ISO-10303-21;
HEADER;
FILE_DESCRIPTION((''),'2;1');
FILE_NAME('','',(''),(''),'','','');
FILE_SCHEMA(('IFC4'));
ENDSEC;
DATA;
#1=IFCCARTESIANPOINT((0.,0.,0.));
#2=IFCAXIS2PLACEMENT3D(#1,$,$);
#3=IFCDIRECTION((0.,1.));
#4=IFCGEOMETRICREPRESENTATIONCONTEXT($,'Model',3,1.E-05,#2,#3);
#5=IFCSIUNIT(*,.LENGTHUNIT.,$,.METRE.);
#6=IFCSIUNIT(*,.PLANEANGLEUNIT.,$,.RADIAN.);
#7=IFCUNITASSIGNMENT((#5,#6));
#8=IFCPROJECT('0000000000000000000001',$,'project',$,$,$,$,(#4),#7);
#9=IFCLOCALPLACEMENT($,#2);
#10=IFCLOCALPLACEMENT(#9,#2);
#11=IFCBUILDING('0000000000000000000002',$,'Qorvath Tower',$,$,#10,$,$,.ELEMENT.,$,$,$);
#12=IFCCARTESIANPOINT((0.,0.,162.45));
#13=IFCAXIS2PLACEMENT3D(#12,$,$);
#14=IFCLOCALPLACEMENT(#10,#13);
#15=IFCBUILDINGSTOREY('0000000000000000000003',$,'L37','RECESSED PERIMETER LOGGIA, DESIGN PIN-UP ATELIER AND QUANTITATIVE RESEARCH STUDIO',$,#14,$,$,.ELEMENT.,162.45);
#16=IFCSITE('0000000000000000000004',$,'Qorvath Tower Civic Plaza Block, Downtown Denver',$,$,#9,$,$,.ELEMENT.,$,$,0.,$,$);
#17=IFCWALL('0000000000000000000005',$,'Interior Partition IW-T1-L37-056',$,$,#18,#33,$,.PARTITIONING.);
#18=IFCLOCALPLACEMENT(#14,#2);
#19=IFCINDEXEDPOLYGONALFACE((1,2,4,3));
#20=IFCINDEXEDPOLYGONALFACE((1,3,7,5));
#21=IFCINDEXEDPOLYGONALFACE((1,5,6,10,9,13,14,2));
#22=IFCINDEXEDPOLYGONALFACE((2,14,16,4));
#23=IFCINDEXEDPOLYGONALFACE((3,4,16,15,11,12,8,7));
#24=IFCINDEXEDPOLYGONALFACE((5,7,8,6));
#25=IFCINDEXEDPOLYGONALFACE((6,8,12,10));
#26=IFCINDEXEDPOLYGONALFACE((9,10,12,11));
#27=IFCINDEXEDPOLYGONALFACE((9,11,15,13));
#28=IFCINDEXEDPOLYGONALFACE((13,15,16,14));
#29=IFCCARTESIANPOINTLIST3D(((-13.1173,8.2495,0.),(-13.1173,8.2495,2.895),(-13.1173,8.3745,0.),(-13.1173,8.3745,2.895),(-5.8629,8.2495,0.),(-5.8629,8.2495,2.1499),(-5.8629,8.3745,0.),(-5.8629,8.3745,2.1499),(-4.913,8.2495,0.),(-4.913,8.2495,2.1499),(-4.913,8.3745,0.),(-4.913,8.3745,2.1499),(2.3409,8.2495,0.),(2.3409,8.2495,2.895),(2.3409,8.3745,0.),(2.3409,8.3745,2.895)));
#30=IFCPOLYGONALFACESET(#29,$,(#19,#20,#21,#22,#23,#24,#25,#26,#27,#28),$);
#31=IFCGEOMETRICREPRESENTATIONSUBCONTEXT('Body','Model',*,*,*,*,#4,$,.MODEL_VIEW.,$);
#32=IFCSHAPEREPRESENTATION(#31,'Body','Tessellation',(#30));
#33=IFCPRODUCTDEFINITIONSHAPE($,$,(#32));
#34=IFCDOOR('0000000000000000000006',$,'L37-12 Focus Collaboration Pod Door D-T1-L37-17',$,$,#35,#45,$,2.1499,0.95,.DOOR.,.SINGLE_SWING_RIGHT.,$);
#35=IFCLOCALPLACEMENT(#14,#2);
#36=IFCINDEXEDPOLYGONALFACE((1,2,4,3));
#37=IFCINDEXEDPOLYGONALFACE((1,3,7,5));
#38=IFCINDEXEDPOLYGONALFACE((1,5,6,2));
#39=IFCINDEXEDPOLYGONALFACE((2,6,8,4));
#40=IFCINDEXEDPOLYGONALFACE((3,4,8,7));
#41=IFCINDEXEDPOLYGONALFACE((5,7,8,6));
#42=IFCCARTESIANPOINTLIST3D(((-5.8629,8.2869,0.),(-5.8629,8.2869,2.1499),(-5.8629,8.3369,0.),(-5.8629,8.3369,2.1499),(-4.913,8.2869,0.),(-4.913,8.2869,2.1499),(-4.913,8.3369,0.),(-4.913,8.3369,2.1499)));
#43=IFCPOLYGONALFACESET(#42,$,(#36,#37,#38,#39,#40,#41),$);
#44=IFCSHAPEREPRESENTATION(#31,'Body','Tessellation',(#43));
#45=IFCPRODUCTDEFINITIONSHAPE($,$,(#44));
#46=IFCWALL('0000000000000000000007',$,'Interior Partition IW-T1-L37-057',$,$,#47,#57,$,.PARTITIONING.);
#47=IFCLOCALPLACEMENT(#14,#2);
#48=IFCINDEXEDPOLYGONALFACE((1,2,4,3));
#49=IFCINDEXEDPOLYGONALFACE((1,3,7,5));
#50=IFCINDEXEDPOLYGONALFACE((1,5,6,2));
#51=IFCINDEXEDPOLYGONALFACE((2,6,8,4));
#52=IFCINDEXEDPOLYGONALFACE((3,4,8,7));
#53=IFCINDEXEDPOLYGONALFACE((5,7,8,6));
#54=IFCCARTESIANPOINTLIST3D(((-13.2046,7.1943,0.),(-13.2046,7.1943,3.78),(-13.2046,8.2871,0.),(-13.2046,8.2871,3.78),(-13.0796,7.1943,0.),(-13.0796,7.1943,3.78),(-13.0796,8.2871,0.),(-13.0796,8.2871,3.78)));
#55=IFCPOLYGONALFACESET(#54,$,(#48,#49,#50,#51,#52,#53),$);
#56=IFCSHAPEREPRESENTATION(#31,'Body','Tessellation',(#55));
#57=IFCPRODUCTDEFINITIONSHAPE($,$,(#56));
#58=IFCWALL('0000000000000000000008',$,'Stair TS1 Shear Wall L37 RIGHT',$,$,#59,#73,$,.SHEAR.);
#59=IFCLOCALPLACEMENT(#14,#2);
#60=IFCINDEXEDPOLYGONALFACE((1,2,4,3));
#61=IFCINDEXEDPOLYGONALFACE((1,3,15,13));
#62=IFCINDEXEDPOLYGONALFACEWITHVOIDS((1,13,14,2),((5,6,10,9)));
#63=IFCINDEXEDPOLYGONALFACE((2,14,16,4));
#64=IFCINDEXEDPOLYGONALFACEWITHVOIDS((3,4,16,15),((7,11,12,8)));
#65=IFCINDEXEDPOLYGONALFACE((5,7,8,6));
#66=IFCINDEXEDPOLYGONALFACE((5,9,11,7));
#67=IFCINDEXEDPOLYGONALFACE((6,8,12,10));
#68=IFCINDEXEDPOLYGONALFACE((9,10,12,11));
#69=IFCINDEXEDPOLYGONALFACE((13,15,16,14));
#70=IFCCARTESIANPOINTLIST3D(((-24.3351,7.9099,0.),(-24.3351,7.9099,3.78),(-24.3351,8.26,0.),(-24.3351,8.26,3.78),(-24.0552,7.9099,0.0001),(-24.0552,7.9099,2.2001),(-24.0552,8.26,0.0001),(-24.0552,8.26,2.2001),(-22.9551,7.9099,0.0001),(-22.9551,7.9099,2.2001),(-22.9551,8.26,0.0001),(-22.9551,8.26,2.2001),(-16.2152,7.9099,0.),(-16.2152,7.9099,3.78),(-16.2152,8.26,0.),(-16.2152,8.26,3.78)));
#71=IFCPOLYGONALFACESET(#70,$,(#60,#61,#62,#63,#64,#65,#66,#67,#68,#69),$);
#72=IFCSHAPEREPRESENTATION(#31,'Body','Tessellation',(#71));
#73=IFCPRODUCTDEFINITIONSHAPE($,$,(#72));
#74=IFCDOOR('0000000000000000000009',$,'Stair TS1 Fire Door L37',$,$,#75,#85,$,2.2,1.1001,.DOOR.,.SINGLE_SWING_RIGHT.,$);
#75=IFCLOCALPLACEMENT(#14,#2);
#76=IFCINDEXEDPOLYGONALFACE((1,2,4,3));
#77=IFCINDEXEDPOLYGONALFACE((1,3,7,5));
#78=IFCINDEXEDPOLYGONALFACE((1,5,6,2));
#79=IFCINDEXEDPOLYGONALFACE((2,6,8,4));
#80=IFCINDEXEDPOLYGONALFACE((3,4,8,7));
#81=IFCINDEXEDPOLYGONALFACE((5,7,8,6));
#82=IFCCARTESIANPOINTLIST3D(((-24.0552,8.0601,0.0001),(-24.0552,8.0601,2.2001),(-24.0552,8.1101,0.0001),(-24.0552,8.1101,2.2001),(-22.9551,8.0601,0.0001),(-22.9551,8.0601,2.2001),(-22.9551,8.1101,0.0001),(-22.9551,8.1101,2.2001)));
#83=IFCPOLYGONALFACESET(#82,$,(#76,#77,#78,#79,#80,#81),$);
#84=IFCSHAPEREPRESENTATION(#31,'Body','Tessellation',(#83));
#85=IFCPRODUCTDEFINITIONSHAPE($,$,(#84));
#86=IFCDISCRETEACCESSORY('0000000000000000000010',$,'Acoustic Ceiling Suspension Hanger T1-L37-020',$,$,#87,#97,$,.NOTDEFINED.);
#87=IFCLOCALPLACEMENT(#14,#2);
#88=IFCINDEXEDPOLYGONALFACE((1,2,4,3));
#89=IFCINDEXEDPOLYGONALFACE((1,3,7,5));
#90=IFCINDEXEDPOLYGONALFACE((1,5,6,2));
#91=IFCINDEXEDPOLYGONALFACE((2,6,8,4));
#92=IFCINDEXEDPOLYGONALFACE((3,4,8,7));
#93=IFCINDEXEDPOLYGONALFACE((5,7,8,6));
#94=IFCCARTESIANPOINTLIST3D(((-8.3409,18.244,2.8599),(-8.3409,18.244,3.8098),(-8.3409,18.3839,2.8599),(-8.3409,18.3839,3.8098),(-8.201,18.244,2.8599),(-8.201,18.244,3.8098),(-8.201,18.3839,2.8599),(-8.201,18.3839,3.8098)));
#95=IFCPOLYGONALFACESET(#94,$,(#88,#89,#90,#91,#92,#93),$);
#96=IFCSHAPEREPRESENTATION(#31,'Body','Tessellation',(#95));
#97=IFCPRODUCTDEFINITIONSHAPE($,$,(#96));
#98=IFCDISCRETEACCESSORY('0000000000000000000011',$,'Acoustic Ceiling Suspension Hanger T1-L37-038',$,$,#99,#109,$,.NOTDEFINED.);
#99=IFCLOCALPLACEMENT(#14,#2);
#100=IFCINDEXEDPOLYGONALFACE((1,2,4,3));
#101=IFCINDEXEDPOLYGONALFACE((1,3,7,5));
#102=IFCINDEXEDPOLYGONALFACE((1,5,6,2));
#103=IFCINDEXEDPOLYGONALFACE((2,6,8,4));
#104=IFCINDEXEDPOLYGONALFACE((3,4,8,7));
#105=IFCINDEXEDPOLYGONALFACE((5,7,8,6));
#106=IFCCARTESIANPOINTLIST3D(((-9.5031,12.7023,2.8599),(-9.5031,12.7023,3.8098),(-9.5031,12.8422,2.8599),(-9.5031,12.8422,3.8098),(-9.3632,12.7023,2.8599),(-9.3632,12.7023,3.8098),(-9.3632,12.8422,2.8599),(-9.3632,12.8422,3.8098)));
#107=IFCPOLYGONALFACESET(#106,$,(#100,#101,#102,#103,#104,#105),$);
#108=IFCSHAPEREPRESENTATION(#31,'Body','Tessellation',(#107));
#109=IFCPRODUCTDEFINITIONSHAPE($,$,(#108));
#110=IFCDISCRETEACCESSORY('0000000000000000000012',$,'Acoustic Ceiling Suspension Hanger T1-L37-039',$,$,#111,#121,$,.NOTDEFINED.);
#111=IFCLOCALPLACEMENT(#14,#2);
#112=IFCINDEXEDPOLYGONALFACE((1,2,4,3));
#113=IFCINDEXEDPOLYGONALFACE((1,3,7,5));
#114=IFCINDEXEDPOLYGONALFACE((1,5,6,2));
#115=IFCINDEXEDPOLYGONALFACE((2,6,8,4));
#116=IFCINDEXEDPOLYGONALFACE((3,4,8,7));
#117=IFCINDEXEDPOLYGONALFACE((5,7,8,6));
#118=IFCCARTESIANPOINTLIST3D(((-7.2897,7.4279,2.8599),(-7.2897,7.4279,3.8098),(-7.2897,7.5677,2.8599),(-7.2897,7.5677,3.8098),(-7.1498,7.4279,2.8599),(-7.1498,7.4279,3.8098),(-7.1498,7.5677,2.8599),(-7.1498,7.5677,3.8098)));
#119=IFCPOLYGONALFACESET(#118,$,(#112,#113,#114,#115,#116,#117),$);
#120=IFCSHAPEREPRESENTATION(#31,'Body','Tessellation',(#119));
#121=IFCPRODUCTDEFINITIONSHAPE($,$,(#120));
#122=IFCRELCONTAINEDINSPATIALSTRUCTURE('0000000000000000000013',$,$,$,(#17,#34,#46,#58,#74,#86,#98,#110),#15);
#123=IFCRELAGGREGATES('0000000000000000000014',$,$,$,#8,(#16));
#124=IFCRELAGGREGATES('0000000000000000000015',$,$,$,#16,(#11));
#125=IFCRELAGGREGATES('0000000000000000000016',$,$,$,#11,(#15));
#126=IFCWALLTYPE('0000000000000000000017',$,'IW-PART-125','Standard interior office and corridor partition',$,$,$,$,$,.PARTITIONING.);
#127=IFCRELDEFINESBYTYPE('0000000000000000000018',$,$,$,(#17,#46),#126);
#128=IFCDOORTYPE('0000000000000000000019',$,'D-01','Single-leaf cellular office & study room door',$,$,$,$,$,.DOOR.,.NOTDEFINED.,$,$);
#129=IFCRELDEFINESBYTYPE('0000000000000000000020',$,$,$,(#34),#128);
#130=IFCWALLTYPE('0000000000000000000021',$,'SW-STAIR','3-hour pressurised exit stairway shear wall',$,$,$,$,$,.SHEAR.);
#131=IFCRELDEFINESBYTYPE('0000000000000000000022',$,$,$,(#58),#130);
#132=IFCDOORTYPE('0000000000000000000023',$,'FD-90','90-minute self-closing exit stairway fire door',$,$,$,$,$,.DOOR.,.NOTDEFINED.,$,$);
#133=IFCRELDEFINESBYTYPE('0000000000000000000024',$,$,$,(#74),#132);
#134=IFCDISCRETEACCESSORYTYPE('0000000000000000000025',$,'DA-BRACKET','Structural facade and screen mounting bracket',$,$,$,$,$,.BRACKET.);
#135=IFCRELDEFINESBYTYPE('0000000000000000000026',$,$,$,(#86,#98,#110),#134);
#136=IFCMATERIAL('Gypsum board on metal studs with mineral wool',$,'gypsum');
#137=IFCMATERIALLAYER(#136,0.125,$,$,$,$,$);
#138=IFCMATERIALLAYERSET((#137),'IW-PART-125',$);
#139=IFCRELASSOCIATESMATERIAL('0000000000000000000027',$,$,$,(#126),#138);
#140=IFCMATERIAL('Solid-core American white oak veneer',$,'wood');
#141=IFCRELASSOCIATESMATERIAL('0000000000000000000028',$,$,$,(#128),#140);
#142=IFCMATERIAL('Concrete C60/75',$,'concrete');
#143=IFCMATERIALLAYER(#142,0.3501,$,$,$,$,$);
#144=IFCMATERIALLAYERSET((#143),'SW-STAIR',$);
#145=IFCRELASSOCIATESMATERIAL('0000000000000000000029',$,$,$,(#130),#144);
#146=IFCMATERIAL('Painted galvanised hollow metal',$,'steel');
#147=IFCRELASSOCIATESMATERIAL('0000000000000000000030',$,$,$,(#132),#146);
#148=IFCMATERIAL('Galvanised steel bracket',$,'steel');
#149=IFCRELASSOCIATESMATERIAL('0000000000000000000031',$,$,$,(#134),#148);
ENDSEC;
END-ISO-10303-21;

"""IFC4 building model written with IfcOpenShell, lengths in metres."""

from ifc_helpers import new_model, si_unit, direction, frame, frame_2d, origin, origin_2d, place, context, subcontext, project, spatial, rectangle, extrude, material, layer, layer_set, type_object, element, fill, save


model = new_model("IFC4")

# Units and contexts
model_context = context("Model", 3, precision=1e-05, world=origin(), true_north=direction((0.0, 1.0)))
body_context = subcontext(model_context, "Body", "Model", "MODEL_VIEW")
ifc_project = project(units=[si_unit("LENGTHUNIT", "METRE"), si_unit("PLANEANGLEUNIT", "RADIAN")], contexts=[model_context])

# Site, building, storey
site_placement = place(None, origin())
site = spatial("IfcSite", under=ifc_project, at=site_placement, Name="Qorvath Tower Civic Plaza Block, Downtown Denver", CompositionType="ELEMENT", RefElevation=0.0)
building_placement = place(site_placement, origin())
building = spatial("IfcBuilding", under=site, at=building_placement, Name="Qorvath Tower", CompositionType="ELEMENT")
storey_placement = place(building_placement, frame((0.0, 0.0, 162.45)))
storey = spatial("IfcBuildingStorey", under=building, at=storey_placement, Name="L37", Description="RECESSED PERIMETER LOGGIA, DESIGN PIN-UP ATELIER AND QUANTITATIVE RESEARCH STUDIO", CompositionType="ELEMENT", Elevation=162.45)

# Shared definitions
ifc_material_1 = material(Name="Gypsum board on metal studs with mineral wool", Category="gypsum")
ifc_layer_1 = layer(ifc_material_1, 0.125)
ifc_layer_set_1 = layer_set([ifc_layer_1], Name="IW-PART-125")
wall_type_1 = type_object("IfcWallType", Name="IW-PART-125", Description="Standard interior office and corridor partition", PredefinedType="PARTITIONING", material=ifc_layer_set_1)

# Shared definitions
ifc_material_2 = material(Name="Solid-core American white oak veneer", Category="wood")
door_type_1 = type_object("IfcDoorType", Name="D-01", Description="Single-leaf cellular office & study room door", OperationType="NOTDEFINED", PredefinedType="DOOR", material=ifc_material_2)

# Wall, opening, door
wall_1_placement = place(storey_placement, frame((-13.1172, 8.312, 0.0), z_axis=(0.0, 0.0, 1.0), x_axis=(1.0, 0.0, 0.0)))
wall_1 = element("IfcWall", 1, at=wall_1_placement, inside=storey, type_object=wall_type_1, Name="Interior Partition IW-T1-L37-056", PredefinedType="PARTITIONING", context=body_context, shape_type="SweptSolid", body=[
    extrude(rectangle(XDim=15.4583, YDim=0.125, at=frame_2d((7.729, 0.0))), origin(), (0.0, 0.0, 1.0), 2.895),
])
opening_1_placement = place(wall_1_placement, frame((7.2542, 0.0, 0.0)))
opening_1 = element("IfcOpeningElement", 2, at=opening_1_placement, cuts=wall_1, PredefinedType="OPENING", context=body_context, shape_type="SweptSolid", body=[
    extrude(rectangle(XDim=0.95, YDim=2.1499, at=frame_2d((0.4751, 1.075))), frame((0.0, 0.0725, 0.0), z_axis=(0.0, -1.0, 0.0), x_axis=(1.0, 0.0, 0.0)), (0.0, 0.0, 1.0), 0.145),
])
door_1_placement = place(opening_1_placement, origin())
door_1 = element("IfcDoor", 3, at=door_1_placement, inside=storey, type_object=door_type_1, Name="L37-12 Focus Collaboration Pod Door D-T1-L37-17", OperationType="SINGLE_SWING_RIGHT", OverallHeight=2.1499, OverallWidth=0.95, PredefinedType="DOOR", context=body_context, shape_type="SweptSolid", body=[
    extrude(rectangle(XDim=0.95, YDim=2.1499, at=frame_2d((0.4751, 1.075))), frame((0.0, 0.0249, 0.0), z_axis=(0.0, -1.0, 0.0), x_axis=(1.0, 0.0, 0.0)), (0.0, 0.0, 1.0), 0.05),
])
fill(opening_1, door_1)

# Wall
wall_2_placement = place(storey_placement, frame((-13.1421, 8.2871, 0.0), z_axis=(0.0, 0.0, 1.0), x_axis=(0.0, -1.0, 0.0)))
element("IfcWall", 4, at=wall_2_placement, inside=storey, type_object=wall_type_1, Name="Interior Partition IW-T1-L37-057", PredefinedType="PARTITIONING", context=body_context, shape_type="SweptSolid", body=[
    extrude(rectangle(XDim=1.0928, YDim=0.125, at=frame_2d((0.5464, 0.0))), origin(), (0.0, 0.0, 1.0), 3.78),
])

# Wall, opening, door
ifc_material_3 = material(Name="Concrete C60/75", Category="concrete")
ifc_layer_2 = layer(ifc_material_3, 0.3501)
ifc_layer_set_2 = layer_set([ifc_layer_2], Name="SW-STAIR")
wall_type_2 = type_object("IfcWallType", Name="SW-STAIR", Description="3-hour pressurised exit stairway shear wall", PredefinedType="SHEAR", material=ifc_layer_set_2)
wall_3_placement = place(storey_placement, frame((-16.2151, 8.085, 0.0), z_axis=(0.0, 0.0, 1.0), x_axis=(-1.0, 0.0, 0.0)))
wall_3 = element("IfcWall", 5, at=wall_3_placement, inside=storey, type_object=wall_type_2, Name="Stair TS1 Shear Wall L37 RIGHT", PredefinedType="SHEAR", context=body_context, shape_type="SweptSolid", body=[
    extrude(rectangle(XDim=8.1199, YDim=0.3501, at=frame_2d((4.0601, 0.0))), origin(), (0.0, 0.0, 1.0), 3.78),
])
opening_2_placement = place(wall_3_placement, frame((6.74, 0.0, 0.0)))
opening_2 = element("IfcOpeningElement", 6, at=opening_2_placement, cuts=wall_3, PredefinedType="OPENING", context=body_context, shape_type="SweptSolid", body=[
    extrude(rectangle(XDim=1.1001, YDim=2.2, at=frame_2d((0.55, 1.1001))), frame((0.0, 0.1851, 0.0), z_axis=(0.0, -1.0, 0.0), x_axis=(1.0, 0.0, 0.0)), (0.0, 0.0, 1.0), 0.3701),
])
ifc_material_4 = material(Name="Painted galvanised hollow metal", Category="steel")
door_type_2 = type_object("IfcDoorType", Name="FD-90", Description="90-minute self-closing exit stairway fire door", OperationType="NOTDEFINED", PredefinedType="DOOR", material=ifc_material_4)
door_2_placement = place(opening_2_placement, origin())
door_2 = element("IfcDoor", 7, at=door_2_placement, inside=storey, type_object=door_type_2, Name="Stair TS1 Fire Door L37", OperationType="SINGLE_SWING_RIGHT", OverallHeight=2.2, OverallWidth=1.1001, PredefinedType="DOOR", context=body_context, shape_type="SweptSolid", body=[
    extrude(rectangle(XDim=1.1001, YDim=2.2, at=frame_2d((0.55, 1.1001))), frame((0.0, 0.0249, 0.0), z_axis=(0.0, -1.0, 0.0), x_axis=(1.0, 0.0, 0.0)), (0.0, 0.0, 1.0), 0.05),
])
fill(opening_2, door_2)

# Discrete accessories
ifc_material_5 = material(Name="Galvanised steel bracket", Category="steel")
discrete_accessory_type = type_object("IfcDiscreteAccessoryType", Name="DA-BRACKET", Description="Structural facade and screen mounting bracket", PredefinedType="BRACKET", material=ifc_material_5)
for number, where, z_axis, x_axis, name in (
    (8, (-8.271, 18.314, 2.8599), (0.0, 0.0, 1.0), (1.0, 0.0, 0.0), "Acoustic Ceiling Suspension Hanger T1-L37-020"),
    (9, (-9.4331, 12.7722, 2.8599), (0.0, 0.0, 1.0), (1.0, 0.0, 0.0), "Acoustic Ceiling Suspension Hanger T1-L37-038"),
    (10, (-7.2197, 7.4978, 2.8599), (0.0, 0.0, 1.0), (1.0, 0.0, 0.0), "Acoustic Ceiling Suspension Hanger T1-L37-039"),
):
    element("IfcDiscreteAccessory", number, at=place(storey_placement, frame(where, z_axis=z_axis, x_axis=x_axis)), inside=storey, type_object=discrete_accessory_type, Name=name, PredefinedType="NOTDEFINED", context=body_context, shape_type="SweptSolid", body=[
        extrude(rectangle(XDim=0.1399, YDim=0.1399, at=origin_2d()), origin(), (0.0, 0.0, 1.0), 0.95),
    ])

save(model, "model.ifc")
